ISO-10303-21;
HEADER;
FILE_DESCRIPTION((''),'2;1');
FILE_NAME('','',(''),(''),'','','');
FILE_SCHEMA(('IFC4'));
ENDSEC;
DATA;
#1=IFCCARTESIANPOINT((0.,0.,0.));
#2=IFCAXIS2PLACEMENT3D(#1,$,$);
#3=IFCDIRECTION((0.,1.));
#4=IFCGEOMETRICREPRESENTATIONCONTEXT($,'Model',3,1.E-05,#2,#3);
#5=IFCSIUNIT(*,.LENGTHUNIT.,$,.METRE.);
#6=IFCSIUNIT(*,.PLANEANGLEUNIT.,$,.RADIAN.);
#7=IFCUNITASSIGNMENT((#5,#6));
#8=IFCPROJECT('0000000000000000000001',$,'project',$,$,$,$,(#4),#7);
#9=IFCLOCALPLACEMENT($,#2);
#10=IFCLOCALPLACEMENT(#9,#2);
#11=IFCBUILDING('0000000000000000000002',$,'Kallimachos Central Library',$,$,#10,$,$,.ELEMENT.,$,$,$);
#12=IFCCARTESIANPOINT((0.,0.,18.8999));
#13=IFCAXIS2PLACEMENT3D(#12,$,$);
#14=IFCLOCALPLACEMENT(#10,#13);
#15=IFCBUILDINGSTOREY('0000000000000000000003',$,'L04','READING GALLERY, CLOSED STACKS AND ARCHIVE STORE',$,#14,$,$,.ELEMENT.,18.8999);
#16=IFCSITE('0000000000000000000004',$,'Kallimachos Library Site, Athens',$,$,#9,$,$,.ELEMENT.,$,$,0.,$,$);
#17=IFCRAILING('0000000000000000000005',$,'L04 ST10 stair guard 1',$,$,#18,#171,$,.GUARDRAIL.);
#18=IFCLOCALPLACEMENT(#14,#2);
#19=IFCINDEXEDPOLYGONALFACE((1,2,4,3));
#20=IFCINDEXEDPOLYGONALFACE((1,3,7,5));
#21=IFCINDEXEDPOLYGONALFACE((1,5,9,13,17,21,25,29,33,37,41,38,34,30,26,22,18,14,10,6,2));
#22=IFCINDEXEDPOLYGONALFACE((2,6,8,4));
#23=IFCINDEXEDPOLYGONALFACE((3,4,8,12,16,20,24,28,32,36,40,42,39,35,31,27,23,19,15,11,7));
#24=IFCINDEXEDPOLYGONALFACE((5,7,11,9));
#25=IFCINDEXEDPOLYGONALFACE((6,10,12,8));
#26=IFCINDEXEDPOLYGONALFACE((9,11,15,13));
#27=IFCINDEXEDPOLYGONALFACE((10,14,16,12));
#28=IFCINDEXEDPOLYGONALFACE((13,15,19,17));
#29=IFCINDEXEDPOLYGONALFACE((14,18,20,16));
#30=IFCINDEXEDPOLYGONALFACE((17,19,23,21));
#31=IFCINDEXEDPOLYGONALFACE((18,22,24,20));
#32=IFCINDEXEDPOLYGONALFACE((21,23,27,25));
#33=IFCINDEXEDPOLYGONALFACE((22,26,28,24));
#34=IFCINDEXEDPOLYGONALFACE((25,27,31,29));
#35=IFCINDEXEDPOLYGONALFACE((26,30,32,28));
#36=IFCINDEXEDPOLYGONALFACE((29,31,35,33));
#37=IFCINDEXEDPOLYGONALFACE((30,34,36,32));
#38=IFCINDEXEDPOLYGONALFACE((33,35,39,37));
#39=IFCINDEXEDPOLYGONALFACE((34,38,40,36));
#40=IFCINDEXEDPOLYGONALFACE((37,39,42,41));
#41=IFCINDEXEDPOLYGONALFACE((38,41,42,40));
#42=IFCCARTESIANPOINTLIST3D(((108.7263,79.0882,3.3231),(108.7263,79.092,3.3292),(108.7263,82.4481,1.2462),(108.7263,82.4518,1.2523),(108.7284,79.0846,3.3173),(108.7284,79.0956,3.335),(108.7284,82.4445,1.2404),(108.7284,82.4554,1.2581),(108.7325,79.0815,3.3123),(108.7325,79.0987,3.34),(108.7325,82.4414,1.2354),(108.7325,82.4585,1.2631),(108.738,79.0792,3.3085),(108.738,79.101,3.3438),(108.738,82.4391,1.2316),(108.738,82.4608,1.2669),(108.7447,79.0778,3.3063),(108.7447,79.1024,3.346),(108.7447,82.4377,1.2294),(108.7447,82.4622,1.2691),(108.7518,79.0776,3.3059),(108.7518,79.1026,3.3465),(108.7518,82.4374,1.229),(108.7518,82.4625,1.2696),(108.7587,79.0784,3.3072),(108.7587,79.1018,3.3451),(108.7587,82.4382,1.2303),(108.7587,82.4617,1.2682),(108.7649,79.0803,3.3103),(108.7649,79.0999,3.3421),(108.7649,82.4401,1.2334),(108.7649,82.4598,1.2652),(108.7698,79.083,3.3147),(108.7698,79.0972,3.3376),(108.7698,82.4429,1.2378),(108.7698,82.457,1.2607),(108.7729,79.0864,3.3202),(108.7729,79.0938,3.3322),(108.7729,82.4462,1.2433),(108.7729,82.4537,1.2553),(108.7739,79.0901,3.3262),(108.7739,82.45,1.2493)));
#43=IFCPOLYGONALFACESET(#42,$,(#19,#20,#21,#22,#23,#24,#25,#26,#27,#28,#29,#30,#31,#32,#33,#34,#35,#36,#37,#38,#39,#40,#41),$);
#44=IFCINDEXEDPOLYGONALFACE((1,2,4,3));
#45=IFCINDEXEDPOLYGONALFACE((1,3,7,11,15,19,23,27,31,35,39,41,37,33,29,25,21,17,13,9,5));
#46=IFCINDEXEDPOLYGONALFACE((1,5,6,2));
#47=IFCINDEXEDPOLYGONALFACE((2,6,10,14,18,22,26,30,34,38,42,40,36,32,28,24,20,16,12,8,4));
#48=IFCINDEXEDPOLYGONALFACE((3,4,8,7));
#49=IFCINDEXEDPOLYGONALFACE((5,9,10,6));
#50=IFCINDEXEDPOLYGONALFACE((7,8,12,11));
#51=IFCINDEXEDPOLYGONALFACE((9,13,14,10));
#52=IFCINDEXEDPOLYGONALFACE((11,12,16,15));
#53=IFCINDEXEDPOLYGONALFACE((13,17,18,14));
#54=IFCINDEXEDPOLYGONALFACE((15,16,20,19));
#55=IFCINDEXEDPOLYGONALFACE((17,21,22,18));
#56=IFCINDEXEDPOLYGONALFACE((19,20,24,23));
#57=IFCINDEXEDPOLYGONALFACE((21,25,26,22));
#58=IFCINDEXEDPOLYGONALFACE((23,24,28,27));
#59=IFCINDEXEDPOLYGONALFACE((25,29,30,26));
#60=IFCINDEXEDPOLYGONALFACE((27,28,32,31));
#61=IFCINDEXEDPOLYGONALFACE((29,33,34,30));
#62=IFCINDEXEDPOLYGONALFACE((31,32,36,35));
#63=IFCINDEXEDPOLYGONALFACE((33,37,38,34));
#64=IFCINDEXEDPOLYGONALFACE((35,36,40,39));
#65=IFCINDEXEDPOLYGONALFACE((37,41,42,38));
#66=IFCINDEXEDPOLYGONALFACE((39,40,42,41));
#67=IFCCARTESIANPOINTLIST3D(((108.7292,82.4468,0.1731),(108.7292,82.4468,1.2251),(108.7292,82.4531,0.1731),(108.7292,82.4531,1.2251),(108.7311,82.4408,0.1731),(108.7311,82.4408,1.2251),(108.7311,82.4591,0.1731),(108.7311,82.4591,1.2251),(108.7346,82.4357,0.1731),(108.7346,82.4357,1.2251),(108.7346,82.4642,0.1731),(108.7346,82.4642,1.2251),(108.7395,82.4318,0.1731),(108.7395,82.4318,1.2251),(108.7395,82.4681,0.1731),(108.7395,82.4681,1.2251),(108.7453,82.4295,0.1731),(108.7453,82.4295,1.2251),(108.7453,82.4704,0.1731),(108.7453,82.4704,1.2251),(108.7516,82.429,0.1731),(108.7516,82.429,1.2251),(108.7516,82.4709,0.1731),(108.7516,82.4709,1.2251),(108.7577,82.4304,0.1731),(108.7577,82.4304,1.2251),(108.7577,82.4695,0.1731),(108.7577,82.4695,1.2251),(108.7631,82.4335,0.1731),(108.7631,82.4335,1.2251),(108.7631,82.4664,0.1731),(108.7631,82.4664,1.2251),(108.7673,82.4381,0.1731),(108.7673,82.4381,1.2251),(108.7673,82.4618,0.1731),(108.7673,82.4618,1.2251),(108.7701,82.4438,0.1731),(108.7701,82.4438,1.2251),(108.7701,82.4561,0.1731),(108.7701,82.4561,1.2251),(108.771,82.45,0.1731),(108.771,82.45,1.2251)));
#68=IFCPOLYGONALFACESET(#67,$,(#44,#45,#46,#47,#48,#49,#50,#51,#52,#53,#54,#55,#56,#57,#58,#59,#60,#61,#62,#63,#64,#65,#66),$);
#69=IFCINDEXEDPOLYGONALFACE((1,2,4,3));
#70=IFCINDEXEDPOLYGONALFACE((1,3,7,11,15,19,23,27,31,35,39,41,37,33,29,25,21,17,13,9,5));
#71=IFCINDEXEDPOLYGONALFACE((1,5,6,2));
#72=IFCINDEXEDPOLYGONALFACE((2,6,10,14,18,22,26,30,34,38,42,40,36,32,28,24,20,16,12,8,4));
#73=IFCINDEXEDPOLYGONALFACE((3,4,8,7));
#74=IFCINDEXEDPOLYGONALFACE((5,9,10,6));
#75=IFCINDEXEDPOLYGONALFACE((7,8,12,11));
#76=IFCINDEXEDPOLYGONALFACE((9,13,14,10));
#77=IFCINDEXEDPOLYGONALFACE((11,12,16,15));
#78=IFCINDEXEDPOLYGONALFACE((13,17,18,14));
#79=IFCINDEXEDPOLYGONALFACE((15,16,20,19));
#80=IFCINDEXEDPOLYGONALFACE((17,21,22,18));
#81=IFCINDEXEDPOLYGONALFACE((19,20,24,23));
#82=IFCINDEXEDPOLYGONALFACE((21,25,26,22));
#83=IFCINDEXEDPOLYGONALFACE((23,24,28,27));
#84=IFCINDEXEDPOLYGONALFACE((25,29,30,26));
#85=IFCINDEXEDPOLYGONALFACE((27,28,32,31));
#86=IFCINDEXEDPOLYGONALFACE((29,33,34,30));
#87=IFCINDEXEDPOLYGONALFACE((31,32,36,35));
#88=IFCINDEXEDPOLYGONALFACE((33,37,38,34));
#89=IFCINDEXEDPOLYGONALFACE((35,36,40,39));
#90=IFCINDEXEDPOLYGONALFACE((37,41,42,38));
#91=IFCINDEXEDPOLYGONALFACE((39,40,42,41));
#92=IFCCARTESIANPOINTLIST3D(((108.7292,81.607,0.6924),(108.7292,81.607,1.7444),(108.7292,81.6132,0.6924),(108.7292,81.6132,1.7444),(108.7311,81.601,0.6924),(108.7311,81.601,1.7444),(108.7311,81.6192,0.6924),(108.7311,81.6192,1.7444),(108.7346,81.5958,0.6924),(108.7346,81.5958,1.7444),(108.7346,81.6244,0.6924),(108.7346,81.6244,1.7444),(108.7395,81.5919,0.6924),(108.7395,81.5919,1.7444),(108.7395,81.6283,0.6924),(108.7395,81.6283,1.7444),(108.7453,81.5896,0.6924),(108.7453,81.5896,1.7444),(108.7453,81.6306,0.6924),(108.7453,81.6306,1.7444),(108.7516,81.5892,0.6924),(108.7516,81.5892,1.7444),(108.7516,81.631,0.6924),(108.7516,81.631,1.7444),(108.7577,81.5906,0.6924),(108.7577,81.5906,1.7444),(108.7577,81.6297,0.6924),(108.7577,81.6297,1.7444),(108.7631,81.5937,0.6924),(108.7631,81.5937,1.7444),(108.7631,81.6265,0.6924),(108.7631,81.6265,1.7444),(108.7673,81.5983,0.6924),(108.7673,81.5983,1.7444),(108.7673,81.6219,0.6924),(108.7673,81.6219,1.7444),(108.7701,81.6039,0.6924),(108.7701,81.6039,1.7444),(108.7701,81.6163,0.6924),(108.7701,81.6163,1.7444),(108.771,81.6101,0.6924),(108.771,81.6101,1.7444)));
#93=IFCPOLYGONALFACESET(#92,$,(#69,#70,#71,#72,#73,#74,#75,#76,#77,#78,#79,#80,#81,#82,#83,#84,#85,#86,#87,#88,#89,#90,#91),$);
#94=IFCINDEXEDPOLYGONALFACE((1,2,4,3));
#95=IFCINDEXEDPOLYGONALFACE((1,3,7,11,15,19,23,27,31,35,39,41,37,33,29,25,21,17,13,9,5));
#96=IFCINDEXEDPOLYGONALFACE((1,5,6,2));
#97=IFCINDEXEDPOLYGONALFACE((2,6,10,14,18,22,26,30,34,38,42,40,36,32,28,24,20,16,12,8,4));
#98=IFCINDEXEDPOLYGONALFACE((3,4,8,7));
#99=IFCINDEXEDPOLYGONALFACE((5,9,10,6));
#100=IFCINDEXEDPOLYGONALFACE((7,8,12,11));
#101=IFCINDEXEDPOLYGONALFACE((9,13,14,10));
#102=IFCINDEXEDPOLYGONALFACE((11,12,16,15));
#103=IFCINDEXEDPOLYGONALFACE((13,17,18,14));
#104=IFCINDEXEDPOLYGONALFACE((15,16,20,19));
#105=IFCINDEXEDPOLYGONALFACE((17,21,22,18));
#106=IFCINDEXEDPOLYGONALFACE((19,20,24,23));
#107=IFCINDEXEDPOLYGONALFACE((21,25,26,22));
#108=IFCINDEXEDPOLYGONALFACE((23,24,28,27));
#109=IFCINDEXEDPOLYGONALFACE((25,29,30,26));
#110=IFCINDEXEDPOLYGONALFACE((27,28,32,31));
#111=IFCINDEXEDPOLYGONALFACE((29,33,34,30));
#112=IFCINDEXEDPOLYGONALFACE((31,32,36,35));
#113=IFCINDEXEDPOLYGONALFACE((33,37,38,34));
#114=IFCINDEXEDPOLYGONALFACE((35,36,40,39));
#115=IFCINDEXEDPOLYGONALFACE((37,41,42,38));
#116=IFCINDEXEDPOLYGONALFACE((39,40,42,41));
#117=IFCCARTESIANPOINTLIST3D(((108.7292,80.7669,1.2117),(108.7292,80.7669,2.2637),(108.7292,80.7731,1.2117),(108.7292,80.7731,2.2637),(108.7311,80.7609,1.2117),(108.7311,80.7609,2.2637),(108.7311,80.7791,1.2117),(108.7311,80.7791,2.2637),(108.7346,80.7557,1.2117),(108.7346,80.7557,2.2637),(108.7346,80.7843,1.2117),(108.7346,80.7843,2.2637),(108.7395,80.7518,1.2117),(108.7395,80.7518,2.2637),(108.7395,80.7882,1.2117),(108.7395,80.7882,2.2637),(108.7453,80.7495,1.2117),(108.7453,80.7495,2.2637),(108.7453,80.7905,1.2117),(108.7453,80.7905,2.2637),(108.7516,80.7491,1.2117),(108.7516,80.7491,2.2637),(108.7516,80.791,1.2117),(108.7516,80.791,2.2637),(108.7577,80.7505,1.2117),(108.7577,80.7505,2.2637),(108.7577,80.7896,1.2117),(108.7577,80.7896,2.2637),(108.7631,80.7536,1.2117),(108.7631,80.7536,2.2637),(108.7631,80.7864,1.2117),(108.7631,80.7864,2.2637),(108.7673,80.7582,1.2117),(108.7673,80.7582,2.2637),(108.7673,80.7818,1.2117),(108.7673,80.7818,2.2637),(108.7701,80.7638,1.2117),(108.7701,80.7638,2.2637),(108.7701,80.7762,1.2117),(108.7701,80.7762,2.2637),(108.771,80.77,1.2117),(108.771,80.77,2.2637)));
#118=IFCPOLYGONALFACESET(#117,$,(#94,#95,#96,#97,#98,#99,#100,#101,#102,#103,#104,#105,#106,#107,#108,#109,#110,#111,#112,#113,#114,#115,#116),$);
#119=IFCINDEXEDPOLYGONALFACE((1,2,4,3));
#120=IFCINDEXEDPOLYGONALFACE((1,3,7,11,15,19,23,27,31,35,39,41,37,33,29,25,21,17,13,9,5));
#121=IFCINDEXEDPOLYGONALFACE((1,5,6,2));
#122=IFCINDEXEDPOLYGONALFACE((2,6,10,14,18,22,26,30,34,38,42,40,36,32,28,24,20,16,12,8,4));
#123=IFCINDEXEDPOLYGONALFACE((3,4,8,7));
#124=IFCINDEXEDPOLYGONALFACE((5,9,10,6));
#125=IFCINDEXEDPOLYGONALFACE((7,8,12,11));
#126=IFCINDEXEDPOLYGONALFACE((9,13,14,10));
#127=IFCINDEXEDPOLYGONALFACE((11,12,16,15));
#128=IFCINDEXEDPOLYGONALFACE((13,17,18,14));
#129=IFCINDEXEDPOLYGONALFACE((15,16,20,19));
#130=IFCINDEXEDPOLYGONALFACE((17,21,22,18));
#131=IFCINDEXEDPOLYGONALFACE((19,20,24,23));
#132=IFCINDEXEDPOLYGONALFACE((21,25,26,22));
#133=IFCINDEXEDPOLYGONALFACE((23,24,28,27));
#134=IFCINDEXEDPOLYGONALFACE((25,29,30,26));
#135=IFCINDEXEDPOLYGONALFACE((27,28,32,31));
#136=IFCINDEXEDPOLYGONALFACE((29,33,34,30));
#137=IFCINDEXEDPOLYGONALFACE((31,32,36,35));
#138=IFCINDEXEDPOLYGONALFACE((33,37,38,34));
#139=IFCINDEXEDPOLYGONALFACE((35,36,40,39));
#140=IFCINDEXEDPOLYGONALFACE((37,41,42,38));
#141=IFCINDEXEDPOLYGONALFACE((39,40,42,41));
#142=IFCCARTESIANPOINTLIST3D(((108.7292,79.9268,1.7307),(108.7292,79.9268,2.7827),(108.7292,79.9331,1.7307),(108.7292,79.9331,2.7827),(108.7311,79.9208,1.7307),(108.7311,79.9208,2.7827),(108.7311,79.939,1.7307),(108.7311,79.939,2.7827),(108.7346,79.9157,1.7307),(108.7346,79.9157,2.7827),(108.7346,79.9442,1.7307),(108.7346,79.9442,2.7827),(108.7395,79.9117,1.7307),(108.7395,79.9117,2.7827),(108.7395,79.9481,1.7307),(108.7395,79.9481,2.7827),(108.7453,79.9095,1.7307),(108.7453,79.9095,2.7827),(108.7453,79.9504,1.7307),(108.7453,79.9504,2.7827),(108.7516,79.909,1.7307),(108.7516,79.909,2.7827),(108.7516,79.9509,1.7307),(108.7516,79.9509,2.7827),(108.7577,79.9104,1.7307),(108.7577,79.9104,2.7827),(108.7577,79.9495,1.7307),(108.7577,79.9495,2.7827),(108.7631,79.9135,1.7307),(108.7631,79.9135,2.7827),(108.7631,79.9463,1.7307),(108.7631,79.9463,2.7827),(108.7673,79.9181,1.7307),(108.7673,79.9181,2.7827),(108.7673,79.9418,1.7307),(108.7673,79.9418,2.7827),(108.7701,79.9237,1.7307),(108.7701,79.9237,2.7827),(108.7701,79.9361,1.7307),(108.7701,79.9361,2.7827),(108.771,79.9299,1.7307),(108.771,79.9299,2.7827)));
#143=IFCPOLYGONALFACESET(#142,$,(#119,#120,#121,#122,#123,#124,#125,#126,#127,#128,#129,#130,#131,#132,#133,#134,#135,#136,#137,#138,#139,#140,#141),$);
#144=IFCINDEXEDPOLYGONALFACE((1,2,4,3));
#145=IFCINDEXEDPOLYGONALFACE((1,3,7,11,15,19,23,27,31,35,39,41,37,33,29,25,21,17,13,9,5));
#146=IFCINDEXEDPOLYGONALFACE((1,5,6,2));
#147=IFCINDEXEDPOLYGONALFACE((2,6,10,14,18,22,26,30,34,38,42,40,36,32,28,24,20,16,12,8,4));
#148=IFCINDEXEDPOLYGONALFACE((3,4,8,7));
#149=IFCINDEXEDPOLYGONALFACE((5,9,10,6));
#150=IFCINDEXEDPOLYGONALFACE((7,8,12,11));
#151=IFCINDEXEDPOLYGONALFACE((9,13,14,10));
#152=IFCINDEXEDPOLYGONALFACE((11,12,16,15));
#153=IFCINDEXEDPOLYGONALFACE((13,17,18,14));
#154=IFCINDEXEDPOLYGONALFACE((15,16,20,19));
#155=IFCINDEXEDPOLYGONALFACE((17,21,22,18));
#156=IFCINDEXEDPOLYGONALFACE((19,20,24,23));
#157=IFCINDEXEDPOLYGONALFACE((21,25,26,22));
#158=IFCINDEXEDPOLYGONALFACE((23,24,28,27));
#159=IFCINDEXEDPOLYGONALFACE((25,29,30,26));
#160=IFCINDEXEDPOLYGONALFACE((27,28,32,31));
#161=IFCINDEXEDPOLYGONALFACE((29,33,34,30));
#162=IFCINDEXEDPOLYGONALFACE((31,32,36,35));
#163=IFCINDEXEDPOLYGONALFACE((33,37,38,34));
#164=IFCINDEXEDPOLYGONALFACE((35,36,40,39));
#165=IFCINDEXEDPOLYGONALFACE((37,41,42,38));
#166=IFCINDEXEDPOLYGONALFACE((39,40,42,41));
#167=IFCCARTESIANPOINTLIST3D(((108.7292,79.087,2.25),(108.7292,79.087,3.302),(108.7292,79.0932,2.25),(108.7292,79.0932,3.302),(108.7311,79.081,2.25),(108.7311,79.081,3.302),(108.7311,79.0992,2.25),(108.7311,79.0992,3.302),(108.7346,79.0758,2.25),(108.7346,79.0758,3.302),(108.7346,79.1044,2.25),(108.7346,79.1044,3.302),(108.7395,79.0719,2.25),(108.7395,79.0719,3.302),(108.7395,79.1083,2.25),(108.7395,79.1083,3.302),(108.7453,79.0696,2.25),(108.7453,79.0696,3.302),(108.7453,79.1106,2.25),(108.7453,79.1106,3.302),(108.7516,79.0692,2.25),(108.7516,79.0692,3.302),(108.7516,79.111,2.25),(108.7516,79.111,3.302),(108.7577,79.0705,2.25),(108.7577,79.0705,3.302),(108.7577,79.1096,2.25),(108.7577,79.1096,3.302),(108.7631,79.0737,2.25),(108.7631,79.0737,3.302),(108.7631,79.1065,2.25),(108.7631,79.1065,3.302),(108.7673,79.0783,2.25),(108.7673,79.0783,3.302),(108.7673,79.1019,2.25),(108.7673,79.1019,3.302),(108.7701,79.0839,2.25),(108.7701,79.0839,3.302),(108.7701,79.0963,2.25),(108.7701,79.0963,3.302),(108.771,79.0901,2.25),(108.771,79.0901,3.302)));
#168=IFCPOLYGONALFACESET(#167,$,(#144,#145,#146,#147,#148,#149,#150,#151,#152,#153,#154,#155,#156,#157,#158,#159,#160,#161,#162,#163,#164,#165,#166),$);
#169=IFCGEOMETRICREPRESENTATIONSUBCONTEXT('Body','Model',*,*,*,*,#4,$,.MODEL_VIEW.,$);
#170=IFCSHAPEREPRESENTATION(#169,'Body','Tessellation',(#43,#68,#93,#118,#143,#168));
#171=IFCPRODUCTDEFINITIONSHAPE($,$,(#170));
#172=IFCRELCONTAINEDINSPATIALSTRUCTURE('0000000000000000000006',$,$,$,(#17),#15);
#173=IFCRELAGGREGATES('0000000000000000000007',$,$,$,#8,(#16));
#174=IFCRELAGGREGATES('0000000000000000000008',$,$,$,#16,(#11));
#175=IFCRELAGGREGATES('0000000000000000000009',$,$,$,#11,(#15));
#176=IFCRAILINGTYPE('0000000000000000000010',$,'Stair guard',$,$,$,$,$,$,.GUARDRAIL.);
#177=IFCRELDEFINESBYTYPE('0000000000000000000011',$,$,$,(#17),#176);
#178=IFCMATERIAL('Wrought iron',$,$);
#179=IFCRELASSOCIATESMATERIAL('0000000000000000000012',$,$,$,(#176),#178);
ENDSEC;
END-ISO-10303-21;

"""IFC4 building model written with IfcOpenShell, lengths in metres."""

from ifc_helpers import new_model, si_unit, direction, frame, origin, origin_2d, place, context, subcontext, project, spatial, circle, extrude, material, type_object, element, save


model = new_model("IFC4")

# Units and contexts
model_context = context("Model", 3, precision=1e-05, world=origin(), true_north=direction((0.0, 1.0)))
body_context = subcontext(model_context, "Body", "Model", "MODEL_VIEW")
ifc_project = project(units=[si_unit("LENGTHUNIT", "METRE"), si_unit("PLANEANGLEUNIT", "RADIAN")], contexts=[model_context])

# Site, building, storey
site_placement = place(None, origin())
site = spatial("IfcSite", under=ifc_project, at=site_placement, Name="Kallimachos Library Site, Athens", CompositionType="ELEMENT", RefElevation=0.0)
building_placement = place(site_placement, origin())
building = spatial("IfcBuilding", under=site, at=building_placement, Name="Kallimachos Central Library", CompositionType="ELEMENT")
storey_placement = place(building_placement, frame((0.0, 0.0, 18.8999)))
storey = spatial("IfcBuildingStorey", under=building, at=storey_placement, Name="L04", Description="READING GALLERY, CLOSED STACKS AND ARCHIVE STORE", CompositionType="ELEMENT", Elevation=18.8999)

# Railing
ifc_material_1 = material(Name="Wrought iron")
railing_type_1 = type_object("IfcRailingType", Name="Stair guard", PredefinedType="GUARDRAIL", material=ifc_material_1)
railing_1_placement = place(storey_placement, frame((108.75, 82.45, 0.1731)))
element("IfcRailing", 1, at=railing_1_placement, inside=storey, type_object=railing_type_1, Name="L04 ST10 stair guard 1", PredefinedType="GUARDRAIL", context=body_context, shape_type="SweptSolid", body=[
    extrude(circle(Radius=0.0239, at=origin_2d()), frame((0.0, 0.0, 1.0762), z_axis=(0.0, -0.850606, 0.525803), x_axis=(1.0, 0.0, 0.0)), (0.0, 0.0, 1.0), 3.95),
    extrude(circle(Radius=0.021, at=origin_2d()), origin(), (0.0, 0.0, 1.0), 1.052),
    extrude(circle(Radius=0.021, at=origin_2d()), frame((0.0, -0.8398, 0.5193)), (0.0, 0.0, 1.0), 1.052),
    extrude(circle(Radius=0.021, at=origin_2d()), frame((0.0, -1.6799, 1.0386)), (0.0, 0.0, 1.0), 1.052),
    extrude(circle(Radius=0.021, at=origin_2d()), frame((0.0, -2.52, 1.5576)), (0.0, 0.0, 1.0), 1.052),
    extrude(circle(Radius=0.021, at=origin_2d()), frame((0.0, -3.3599, 2.0769)), (0.0, 0.0, 1.0), 1.052),
])

save(model, "model.ifc")
